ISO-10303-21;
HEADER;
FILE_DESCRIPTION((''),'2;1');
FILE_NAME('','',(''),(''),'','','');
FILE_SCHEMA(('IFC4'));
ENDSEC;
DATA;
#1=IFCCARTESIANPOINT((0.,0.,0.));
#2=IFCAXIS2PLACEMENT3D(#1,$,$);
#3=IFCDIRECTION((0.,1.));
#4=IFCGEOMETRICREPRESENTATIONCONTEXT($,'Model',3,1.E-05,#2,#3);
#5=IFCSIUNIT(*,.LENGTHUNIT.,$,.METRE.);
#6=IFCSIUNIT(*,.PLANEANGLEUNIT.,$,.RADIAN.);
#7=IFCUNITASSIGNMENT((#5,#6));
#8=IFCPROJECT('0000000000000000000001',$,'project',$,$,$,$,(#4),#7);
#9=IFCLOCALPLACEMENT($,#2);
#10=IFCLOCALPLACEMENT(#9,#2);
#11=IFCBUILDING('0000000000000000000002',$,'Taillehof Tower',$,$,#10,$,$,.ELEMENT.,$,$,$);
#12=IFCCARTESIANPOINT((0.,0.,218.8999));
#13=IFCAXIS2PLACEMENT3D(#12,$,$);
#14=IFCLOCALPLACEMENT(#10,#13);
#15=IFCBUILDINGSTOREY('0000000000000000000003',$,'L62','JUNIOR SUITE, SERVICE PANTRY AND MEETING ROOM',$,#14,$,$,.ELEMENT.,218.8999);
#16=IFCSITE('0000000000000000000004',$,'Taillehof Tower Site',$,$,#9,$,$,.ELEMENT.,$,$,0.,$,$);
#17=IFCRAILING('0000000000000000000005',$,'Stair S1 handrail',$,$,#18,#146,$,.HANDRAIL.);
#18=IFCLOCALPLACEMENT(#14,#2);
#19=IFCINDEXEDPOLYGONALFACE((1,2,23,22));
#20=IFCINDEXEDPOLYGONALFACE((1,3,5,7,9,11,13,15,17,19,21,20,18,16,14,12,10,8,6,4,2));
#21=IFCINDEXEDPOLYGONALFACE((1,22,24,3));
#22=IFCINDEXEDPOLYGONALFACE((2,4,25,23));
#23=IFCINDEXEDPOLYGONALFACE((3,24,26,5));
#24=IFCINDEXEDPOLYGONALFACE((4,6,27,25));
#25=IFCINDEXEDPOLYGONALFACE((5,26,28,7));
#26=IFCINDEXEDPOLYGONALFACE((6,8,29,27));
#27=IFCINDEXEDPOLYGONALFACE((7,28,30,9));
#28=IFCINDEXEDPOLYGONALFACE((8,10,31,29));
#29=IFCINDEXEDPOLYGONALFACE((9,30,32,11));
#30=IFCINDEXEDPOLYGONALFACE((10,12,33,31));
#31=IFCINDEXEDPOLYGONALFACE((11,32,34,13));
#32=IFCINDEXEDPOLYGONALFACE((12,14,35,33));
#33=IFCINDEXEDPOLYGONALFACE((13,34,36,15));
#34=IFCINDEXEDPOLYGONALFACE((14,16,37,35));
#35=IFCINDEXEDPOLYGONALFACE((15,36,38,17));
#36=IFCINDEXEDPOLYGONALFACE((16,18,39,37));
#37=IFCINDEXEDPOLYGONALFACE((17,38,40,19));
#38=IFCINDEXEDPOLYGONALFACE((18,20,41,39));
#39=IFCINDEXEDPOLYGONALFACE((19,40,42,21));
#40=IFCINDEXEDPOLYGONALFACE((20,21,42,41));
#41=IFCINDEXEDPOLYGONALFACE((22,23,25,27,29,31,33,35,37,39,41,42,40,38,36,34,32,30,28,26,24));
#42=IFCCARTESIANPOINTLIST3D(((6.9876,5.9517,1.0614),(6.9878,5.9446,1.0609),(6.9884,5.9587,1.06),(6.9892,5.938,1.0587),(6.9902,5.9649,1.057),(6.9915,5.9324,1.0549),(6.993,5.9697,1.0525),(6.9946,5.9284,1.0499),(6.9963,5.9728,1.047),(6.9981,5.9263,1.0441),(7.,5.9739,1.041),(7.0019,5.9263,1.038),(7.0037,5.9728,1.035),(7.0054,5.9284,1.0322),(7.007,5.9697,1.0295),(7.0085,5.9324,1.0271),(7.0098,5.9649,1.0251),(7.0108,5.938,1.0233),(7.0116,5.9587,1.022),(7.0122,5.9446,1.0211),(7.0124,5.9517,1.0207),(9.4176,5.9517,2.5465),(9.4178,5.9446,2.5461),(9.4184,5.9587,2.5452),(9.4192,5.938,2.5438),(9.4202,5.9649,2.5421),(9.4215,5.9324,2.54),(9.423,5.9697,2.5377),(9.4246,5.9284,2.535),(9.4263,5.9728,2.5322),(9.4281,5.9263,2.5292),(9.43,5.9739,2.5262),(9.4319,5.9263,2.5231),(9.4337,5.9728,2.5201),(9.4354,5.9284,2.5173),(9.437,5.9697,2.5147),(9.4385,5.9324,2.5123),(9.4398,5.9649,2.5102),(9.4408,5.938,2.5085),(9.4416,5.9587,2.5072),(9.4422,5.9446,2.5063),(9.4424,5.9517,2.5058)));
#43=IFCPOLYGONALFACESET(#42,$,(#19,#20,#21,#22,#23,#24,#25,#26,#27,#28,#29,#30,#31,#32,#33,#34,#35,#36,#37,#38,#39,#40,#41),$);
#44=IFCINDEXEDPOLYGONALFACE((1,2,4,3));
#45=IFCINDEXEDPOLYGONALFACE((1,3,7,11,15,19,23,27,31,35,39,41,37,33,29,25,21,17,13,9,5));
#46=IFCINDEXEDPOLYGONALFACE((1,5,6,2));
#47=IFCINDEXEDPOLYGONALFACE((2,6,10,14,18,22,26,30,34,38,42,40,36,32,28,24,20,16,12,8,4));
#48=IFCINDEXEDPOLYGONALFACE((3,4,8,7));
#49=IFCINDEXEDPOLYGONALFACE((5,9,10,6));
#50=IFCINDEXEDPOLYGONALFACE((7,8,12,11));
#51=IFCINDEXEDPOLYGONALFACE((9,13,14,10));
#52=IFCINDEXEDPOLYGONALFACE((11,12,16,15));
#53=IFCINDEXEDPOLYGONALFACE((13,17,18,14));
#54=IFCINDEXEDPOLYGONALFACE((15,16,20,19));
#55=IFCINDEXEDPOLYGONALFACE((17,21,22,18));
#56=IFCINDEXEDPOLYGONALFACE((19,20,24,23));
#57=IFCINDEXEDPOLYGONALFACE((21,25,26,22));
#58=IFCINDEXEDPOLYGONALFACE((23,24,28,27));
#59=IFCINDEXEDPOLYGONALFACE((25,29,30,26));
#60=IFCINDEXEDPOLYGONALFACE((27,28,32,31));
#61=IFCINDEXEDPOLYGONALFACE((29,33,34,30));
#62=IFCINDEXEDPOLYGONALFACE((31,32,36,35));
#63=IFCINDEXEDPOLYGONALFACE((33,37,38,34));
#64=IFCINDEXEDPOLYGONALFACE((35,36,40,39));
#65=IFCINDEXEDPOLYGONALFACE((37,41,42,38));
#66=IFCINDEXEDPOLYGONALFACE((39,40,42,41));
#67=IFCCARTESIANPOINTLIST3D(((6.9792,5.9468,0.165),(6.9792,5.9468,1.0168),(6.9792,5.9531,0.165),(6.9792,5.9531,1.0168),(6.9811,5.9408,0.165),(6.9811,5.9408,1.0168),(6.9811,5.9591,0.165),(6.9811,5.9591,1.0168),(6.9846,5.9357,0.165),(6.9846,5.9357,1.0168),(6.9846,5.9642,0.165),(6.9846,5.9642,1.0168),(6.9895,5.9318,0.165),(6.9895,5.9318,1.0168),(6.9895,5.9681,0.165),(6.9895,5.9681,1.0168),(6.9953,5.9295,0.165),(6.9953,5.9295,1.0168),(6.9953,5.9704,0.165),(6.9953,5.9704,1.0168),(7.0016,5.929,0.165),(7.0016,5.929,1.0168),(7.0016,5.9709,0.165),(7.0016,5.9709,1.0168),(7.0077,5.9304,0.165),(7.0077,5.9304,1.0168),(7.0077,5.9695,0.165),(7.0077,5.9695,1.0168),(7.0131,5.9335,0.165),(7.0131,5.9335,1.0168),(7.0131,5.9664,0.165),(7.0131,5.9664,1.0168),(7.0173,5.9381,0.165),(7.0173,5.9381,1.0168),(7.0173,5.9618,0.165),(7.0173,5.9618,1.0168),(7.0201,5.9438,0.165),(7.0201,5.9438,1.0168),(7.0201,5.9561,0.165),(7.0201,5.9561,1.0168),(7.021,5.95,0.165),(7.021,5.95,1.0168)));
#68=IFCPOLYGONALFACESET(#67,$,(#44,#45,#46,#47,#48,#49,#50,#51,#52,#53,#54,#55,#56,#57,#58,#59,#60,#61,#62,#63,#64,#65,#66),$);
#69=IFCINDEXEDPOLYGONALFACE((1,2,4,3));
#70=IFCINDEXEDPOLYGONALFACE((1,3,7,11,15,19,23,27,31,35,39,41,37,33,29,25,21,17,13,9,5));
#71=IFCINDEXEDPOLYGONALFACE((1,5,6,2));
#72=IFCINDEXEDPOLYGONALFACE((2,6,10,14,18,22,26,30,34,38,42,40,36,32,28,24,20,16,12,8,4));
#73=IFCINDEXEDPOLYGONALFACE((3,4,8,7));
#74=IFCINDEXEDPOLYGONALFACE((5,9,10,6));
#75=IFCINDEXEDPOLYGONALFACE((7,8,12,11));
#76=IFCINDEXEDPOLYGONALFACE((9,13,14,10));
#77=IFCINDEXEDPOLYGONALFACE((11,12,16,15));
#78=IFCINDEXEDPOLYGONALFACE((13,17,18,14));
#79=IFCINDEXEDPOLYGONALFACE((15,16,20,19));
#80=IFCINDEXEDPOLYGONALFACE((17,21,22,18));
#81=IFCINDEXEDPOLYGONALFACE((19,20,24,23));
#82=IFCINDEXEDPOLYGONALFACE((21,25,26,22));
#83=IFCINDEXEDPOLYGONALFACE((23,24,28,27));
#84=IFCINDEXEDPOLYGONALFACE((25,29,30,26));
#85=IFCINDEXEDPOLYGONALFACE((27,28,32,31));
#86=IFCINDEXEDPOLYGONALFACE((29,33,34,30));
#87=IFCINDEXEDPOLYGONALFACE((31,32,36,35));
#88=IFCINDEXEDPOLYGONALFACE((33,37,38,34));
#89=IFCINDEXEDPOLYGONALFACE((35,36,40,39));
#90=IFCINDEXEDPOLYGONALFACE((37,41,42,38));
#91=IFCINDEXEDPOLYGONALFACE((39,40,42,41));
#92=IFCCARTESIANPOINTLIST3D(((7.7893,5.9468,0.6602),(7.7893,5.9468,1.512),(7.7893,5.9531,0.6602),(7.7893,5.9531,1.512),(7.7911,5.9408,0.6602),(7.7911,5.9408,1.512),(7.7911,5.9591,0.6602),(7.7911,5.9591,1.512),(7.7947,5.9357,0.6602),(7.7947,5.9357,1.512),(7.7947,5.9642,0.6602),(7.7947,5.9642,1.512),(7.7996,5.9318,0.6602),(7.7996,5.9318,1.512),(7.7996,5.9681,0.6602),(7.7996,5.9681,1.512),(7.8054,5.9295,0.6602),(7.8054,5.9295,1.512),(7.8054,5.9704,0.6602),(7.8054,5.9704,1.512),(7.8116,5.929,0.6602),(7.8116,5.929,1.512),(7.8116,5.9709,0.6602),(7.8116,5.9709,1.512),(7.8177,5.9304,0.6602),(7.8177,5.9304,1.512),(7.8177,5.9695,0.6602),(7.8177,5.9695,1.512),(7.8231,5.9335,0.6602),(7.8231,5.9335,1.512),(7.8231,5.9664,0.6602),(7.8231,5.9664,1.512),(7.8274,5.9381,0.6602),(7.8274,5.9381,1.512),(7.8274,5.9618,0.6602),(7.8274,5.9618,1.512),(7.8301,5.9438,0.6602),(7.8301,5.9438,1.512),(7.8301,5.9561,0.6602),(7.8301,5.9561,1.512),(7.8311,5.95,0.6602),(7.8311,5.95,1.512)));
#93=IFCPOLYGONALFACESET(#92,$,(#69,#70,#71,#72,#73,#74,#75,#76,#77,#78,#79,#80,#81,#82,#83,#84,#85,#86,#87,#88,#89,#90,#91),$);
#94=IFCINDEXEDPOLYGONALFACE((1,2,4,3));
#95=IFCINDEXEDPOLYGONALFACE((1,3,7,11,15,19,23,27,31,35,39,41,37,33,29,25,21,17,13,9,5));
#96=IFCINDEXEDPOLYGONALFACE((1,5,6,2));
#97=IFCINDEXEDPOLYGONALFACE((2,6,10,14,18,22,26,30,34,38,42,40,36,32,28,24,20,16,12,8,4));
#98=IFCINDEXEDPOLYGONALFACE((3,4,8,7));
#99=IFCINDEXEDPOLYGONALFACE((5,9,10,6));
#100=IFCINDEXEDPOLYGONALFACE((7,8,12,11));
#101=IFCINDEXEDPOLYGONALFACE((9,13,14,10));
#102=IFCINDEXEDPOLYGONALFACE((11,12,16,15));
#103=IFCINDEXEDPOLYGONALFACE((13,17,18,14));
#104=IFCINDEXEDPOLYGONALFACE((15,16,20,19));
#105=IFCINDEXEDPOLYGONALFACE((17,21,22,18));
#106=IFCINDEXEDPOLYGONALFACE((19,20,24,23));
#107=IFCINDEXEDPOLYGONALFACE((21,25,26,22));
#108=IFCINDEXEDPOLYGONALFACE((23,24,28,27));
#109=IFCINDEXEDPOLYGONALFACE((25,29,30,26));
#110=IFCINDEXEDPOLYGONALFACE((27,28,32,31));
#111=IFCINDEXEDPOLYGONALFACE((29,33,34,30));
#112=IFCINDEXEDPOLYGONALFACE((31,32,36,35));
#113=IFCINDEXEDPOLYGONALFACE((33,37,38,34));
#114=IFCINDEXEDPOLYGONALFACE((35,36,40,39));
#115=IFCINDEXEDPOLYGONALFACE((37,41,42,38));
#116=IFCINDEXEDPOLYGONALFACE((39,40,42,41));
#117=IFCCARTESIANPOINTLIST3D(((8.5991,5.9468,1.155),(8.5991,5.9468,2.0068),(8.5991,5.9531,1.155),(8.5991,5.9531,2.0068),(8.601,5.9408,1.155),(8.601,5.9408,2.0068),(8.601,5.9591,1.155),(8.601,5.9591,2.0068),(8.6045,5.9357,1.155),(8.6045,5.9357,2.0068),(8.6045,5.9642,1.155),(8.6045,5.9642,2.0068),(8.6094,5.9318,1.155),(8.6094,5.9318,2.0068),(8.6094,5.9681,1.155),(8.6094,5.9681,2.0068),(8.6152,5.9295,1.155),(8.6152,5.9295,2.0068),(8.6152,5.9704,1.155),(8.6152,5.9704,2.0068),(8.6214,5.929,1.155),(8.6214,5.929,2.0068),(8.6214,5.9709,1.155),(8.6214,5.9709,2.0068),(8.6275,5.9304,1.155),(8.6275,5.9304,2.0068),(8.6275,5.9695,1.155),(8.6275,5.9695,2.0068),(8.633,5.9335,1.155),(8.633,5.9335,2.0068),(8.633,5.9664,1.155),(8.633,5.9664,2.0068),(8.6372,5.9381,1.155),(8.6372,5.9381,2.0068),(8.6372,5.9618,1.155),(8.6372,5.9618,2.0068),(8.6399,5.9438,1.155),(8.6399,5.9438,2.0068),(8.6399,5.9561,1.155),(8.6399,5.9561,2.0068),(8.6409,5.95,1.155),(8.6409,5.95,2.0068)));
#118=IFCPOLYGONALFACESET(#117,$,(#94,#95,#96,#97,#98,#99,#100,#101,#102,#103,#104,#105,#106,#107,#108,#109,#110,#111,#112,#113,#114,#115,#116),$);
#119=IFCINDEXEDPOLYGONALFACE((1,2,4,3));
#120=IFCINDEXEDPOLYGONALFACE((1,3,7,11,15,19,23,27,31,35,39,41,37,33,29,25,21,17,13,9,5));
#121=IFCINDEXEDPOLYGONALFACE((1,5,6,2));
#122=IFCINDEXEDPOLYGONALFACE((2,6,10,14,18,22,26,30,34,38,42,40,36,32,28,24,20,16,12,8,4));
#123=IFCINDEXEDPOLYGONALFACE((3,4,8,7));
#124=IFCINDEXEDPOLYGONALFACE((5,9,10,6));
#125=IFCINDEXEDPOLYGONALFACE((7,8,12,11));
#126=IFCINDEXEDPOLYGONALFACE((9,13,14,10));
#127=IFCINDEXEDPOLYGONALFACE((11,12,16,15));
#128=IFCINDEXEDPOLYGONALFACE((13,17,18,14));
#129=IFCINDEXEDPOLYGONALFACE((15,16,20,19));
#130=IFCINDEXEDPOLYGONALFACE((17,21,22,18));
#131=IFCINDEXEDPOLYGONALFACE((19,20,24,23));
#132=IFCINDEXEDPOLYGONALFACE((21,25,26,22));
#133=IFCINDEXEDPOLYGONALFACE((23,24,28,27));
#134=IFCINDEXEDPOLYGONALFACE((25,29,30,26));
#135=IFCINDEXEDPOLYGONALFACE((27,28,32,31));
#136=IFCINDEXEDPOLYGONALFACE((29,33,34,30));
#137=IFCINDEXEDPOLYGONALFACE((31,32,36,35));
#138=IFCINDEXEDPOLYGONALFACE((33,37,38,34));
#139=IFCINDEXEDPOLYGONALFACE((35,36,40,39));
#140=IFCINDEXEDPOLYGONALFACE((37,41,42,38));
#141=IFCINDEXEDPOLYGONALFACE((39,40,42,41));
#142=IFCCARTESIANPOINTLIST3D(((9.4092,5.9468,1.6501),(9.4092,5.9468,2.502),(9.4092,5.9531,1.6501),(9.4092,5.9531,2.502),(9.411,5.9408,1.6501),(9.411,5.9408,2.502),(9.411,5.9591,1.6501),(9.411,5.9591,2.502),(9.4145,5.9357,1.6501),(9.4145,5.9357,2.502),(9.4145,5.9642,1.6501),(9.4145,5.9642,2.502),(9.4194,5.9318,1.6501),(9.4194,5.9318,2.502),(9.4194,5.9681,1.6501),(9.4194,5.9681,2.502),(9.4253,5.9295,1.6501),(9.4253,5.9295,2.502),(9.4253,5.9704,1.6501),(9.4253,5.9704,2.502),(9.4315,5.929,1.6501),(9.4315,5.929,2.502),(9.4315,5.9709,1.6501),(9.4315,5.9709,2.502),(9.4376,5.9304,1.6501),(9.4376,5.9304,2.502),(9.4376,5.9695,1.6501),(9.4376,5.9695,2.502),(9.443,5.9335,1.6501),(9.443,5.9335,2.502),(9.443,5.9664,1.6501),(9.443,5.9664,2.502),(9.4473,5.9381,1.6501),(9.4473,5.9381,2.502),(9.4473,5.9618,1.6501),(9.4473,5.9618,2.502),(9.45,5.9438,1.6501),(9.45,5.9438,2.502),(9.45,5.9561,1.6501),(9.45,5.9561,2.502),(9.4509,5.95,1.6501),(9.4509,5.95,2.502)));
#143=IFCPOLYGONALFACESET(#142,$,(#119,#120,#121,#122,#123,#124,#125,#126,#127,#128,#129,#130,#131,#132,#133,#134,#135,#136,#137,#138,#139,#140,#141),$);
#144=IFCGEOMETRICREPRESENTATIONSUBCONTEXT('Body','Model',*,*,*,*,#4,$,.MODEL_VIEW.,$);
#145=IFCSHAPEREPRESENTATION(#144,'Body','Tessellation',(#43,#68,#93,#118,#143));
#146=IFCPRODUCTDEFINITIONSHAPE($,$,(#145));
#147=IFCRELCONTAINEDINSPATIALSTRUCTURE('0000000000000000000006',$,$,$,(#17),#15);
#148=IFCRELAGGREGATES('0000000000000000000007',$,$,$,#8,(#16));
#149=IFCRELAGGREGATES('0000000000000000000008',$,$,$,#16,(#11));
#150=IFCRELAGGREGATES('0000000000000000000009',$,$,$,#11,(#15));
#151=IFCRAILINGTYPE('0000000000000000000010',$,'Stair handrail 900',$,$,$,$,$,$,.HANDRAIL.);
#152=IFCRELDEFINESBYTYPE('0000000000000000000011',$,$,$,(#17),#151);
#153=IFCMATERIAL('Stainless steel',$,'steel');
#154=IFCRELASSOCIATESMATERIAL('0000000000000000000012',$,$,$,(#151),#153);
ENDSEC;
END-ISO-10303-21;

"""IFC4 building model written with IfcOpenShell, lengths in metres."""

from ifc_helpers import new_model, si_unit, direction, frame, origin, origin_2d, place, context, subcontext, project, spatial, circle, extrude, material, type_object, element, save


model = new_model("IFC4")

# Units and contexts
model_context = context("Model", 3, precision=1e-05, world=origin(), true_north=direction((0.0, 1.0)))
body_context = subcontext(model_context, "Body", "Model", "MODEL_VIEW")
ifc_project = project(units=[si_unit("LENGTHUNIT", "METRE"), si_unit("PLANEANGLEUNIT", "RADIAN")], contexts=[model_context])

# Site, building, storey
site_placement = place(None, origin())
site = spatial("IfcSite", under=ifc_project, at=site_placement, Name="Taillehof Tower Site", CompositionType="ELEMENT", RefElevation=0.0)
building_placement = place(site_placement, origin())
building = spatial("IfcBuilding", under=site, at=building_placement, Name="Taillehof Tower", CompositionType="ELEMENT")
storey_placement = place(building_placement, frame((0.0, 0.0, 218.8999)))
storey = spatial("IfcBuildingStorey", under=building, at=storey_placement, Name="L62", Description="JUNIOR SUITE, SERVICE PANTRY AND MEETING ROOM", CompositionType="ELEMENT", Elevation=218.8999)

# Railing
ifc_material_1 = material(Name="Stainless steel", Category="steel")
railing_type = type_object("IfcRailingType", Name="Stair handrail 900", PredefinedType="HANDRAIL", material=ifc_material_1)
railing_placement = place(storey_placement, frame((7.0, 5.95, 0.165)))
element("IfcRailing", 1, at=railing_placement, inside=storey, type_object=railing_type, Name="Stair S1 handrail", PredefinedType="HANDRAIL", context=body_context, shape_type="SweptSolid", body=[
    extrude(circle(Radius=0.0239, at=origin_2d()), frame((0.0, 0.0, 0.876), z_axis=(0.853259, 0.0, 0.521488), x_axis=(0.0, 1.0, 0.0)), (0.0, 0.0, 1.0), 2.8479),
    extrude(circle(Radius=0.021, at=origin_2d()), origin(), (0.0, 0.0, 1.0), 0.8518),
    extrude(circle(Radius=0.021, at=origin_2d()), frame((0.8101, 0.0, 0.4951)), (0.0, 0.0, 1.0), 0.8518),
    extrude(circle(Radius=0.021, at=origin_2d()), frame((1.6199, 0.0, 0.99)), (0.0, 0.0, 1.0), 0.8518),
    extrude(circle(Radius=0.021, at=origin_2d()), frame((2.4299, 0.0, 1.4851)), (0.0, 0.0, 1.0), 0.8518),
])

save(model, "model.ifc")
